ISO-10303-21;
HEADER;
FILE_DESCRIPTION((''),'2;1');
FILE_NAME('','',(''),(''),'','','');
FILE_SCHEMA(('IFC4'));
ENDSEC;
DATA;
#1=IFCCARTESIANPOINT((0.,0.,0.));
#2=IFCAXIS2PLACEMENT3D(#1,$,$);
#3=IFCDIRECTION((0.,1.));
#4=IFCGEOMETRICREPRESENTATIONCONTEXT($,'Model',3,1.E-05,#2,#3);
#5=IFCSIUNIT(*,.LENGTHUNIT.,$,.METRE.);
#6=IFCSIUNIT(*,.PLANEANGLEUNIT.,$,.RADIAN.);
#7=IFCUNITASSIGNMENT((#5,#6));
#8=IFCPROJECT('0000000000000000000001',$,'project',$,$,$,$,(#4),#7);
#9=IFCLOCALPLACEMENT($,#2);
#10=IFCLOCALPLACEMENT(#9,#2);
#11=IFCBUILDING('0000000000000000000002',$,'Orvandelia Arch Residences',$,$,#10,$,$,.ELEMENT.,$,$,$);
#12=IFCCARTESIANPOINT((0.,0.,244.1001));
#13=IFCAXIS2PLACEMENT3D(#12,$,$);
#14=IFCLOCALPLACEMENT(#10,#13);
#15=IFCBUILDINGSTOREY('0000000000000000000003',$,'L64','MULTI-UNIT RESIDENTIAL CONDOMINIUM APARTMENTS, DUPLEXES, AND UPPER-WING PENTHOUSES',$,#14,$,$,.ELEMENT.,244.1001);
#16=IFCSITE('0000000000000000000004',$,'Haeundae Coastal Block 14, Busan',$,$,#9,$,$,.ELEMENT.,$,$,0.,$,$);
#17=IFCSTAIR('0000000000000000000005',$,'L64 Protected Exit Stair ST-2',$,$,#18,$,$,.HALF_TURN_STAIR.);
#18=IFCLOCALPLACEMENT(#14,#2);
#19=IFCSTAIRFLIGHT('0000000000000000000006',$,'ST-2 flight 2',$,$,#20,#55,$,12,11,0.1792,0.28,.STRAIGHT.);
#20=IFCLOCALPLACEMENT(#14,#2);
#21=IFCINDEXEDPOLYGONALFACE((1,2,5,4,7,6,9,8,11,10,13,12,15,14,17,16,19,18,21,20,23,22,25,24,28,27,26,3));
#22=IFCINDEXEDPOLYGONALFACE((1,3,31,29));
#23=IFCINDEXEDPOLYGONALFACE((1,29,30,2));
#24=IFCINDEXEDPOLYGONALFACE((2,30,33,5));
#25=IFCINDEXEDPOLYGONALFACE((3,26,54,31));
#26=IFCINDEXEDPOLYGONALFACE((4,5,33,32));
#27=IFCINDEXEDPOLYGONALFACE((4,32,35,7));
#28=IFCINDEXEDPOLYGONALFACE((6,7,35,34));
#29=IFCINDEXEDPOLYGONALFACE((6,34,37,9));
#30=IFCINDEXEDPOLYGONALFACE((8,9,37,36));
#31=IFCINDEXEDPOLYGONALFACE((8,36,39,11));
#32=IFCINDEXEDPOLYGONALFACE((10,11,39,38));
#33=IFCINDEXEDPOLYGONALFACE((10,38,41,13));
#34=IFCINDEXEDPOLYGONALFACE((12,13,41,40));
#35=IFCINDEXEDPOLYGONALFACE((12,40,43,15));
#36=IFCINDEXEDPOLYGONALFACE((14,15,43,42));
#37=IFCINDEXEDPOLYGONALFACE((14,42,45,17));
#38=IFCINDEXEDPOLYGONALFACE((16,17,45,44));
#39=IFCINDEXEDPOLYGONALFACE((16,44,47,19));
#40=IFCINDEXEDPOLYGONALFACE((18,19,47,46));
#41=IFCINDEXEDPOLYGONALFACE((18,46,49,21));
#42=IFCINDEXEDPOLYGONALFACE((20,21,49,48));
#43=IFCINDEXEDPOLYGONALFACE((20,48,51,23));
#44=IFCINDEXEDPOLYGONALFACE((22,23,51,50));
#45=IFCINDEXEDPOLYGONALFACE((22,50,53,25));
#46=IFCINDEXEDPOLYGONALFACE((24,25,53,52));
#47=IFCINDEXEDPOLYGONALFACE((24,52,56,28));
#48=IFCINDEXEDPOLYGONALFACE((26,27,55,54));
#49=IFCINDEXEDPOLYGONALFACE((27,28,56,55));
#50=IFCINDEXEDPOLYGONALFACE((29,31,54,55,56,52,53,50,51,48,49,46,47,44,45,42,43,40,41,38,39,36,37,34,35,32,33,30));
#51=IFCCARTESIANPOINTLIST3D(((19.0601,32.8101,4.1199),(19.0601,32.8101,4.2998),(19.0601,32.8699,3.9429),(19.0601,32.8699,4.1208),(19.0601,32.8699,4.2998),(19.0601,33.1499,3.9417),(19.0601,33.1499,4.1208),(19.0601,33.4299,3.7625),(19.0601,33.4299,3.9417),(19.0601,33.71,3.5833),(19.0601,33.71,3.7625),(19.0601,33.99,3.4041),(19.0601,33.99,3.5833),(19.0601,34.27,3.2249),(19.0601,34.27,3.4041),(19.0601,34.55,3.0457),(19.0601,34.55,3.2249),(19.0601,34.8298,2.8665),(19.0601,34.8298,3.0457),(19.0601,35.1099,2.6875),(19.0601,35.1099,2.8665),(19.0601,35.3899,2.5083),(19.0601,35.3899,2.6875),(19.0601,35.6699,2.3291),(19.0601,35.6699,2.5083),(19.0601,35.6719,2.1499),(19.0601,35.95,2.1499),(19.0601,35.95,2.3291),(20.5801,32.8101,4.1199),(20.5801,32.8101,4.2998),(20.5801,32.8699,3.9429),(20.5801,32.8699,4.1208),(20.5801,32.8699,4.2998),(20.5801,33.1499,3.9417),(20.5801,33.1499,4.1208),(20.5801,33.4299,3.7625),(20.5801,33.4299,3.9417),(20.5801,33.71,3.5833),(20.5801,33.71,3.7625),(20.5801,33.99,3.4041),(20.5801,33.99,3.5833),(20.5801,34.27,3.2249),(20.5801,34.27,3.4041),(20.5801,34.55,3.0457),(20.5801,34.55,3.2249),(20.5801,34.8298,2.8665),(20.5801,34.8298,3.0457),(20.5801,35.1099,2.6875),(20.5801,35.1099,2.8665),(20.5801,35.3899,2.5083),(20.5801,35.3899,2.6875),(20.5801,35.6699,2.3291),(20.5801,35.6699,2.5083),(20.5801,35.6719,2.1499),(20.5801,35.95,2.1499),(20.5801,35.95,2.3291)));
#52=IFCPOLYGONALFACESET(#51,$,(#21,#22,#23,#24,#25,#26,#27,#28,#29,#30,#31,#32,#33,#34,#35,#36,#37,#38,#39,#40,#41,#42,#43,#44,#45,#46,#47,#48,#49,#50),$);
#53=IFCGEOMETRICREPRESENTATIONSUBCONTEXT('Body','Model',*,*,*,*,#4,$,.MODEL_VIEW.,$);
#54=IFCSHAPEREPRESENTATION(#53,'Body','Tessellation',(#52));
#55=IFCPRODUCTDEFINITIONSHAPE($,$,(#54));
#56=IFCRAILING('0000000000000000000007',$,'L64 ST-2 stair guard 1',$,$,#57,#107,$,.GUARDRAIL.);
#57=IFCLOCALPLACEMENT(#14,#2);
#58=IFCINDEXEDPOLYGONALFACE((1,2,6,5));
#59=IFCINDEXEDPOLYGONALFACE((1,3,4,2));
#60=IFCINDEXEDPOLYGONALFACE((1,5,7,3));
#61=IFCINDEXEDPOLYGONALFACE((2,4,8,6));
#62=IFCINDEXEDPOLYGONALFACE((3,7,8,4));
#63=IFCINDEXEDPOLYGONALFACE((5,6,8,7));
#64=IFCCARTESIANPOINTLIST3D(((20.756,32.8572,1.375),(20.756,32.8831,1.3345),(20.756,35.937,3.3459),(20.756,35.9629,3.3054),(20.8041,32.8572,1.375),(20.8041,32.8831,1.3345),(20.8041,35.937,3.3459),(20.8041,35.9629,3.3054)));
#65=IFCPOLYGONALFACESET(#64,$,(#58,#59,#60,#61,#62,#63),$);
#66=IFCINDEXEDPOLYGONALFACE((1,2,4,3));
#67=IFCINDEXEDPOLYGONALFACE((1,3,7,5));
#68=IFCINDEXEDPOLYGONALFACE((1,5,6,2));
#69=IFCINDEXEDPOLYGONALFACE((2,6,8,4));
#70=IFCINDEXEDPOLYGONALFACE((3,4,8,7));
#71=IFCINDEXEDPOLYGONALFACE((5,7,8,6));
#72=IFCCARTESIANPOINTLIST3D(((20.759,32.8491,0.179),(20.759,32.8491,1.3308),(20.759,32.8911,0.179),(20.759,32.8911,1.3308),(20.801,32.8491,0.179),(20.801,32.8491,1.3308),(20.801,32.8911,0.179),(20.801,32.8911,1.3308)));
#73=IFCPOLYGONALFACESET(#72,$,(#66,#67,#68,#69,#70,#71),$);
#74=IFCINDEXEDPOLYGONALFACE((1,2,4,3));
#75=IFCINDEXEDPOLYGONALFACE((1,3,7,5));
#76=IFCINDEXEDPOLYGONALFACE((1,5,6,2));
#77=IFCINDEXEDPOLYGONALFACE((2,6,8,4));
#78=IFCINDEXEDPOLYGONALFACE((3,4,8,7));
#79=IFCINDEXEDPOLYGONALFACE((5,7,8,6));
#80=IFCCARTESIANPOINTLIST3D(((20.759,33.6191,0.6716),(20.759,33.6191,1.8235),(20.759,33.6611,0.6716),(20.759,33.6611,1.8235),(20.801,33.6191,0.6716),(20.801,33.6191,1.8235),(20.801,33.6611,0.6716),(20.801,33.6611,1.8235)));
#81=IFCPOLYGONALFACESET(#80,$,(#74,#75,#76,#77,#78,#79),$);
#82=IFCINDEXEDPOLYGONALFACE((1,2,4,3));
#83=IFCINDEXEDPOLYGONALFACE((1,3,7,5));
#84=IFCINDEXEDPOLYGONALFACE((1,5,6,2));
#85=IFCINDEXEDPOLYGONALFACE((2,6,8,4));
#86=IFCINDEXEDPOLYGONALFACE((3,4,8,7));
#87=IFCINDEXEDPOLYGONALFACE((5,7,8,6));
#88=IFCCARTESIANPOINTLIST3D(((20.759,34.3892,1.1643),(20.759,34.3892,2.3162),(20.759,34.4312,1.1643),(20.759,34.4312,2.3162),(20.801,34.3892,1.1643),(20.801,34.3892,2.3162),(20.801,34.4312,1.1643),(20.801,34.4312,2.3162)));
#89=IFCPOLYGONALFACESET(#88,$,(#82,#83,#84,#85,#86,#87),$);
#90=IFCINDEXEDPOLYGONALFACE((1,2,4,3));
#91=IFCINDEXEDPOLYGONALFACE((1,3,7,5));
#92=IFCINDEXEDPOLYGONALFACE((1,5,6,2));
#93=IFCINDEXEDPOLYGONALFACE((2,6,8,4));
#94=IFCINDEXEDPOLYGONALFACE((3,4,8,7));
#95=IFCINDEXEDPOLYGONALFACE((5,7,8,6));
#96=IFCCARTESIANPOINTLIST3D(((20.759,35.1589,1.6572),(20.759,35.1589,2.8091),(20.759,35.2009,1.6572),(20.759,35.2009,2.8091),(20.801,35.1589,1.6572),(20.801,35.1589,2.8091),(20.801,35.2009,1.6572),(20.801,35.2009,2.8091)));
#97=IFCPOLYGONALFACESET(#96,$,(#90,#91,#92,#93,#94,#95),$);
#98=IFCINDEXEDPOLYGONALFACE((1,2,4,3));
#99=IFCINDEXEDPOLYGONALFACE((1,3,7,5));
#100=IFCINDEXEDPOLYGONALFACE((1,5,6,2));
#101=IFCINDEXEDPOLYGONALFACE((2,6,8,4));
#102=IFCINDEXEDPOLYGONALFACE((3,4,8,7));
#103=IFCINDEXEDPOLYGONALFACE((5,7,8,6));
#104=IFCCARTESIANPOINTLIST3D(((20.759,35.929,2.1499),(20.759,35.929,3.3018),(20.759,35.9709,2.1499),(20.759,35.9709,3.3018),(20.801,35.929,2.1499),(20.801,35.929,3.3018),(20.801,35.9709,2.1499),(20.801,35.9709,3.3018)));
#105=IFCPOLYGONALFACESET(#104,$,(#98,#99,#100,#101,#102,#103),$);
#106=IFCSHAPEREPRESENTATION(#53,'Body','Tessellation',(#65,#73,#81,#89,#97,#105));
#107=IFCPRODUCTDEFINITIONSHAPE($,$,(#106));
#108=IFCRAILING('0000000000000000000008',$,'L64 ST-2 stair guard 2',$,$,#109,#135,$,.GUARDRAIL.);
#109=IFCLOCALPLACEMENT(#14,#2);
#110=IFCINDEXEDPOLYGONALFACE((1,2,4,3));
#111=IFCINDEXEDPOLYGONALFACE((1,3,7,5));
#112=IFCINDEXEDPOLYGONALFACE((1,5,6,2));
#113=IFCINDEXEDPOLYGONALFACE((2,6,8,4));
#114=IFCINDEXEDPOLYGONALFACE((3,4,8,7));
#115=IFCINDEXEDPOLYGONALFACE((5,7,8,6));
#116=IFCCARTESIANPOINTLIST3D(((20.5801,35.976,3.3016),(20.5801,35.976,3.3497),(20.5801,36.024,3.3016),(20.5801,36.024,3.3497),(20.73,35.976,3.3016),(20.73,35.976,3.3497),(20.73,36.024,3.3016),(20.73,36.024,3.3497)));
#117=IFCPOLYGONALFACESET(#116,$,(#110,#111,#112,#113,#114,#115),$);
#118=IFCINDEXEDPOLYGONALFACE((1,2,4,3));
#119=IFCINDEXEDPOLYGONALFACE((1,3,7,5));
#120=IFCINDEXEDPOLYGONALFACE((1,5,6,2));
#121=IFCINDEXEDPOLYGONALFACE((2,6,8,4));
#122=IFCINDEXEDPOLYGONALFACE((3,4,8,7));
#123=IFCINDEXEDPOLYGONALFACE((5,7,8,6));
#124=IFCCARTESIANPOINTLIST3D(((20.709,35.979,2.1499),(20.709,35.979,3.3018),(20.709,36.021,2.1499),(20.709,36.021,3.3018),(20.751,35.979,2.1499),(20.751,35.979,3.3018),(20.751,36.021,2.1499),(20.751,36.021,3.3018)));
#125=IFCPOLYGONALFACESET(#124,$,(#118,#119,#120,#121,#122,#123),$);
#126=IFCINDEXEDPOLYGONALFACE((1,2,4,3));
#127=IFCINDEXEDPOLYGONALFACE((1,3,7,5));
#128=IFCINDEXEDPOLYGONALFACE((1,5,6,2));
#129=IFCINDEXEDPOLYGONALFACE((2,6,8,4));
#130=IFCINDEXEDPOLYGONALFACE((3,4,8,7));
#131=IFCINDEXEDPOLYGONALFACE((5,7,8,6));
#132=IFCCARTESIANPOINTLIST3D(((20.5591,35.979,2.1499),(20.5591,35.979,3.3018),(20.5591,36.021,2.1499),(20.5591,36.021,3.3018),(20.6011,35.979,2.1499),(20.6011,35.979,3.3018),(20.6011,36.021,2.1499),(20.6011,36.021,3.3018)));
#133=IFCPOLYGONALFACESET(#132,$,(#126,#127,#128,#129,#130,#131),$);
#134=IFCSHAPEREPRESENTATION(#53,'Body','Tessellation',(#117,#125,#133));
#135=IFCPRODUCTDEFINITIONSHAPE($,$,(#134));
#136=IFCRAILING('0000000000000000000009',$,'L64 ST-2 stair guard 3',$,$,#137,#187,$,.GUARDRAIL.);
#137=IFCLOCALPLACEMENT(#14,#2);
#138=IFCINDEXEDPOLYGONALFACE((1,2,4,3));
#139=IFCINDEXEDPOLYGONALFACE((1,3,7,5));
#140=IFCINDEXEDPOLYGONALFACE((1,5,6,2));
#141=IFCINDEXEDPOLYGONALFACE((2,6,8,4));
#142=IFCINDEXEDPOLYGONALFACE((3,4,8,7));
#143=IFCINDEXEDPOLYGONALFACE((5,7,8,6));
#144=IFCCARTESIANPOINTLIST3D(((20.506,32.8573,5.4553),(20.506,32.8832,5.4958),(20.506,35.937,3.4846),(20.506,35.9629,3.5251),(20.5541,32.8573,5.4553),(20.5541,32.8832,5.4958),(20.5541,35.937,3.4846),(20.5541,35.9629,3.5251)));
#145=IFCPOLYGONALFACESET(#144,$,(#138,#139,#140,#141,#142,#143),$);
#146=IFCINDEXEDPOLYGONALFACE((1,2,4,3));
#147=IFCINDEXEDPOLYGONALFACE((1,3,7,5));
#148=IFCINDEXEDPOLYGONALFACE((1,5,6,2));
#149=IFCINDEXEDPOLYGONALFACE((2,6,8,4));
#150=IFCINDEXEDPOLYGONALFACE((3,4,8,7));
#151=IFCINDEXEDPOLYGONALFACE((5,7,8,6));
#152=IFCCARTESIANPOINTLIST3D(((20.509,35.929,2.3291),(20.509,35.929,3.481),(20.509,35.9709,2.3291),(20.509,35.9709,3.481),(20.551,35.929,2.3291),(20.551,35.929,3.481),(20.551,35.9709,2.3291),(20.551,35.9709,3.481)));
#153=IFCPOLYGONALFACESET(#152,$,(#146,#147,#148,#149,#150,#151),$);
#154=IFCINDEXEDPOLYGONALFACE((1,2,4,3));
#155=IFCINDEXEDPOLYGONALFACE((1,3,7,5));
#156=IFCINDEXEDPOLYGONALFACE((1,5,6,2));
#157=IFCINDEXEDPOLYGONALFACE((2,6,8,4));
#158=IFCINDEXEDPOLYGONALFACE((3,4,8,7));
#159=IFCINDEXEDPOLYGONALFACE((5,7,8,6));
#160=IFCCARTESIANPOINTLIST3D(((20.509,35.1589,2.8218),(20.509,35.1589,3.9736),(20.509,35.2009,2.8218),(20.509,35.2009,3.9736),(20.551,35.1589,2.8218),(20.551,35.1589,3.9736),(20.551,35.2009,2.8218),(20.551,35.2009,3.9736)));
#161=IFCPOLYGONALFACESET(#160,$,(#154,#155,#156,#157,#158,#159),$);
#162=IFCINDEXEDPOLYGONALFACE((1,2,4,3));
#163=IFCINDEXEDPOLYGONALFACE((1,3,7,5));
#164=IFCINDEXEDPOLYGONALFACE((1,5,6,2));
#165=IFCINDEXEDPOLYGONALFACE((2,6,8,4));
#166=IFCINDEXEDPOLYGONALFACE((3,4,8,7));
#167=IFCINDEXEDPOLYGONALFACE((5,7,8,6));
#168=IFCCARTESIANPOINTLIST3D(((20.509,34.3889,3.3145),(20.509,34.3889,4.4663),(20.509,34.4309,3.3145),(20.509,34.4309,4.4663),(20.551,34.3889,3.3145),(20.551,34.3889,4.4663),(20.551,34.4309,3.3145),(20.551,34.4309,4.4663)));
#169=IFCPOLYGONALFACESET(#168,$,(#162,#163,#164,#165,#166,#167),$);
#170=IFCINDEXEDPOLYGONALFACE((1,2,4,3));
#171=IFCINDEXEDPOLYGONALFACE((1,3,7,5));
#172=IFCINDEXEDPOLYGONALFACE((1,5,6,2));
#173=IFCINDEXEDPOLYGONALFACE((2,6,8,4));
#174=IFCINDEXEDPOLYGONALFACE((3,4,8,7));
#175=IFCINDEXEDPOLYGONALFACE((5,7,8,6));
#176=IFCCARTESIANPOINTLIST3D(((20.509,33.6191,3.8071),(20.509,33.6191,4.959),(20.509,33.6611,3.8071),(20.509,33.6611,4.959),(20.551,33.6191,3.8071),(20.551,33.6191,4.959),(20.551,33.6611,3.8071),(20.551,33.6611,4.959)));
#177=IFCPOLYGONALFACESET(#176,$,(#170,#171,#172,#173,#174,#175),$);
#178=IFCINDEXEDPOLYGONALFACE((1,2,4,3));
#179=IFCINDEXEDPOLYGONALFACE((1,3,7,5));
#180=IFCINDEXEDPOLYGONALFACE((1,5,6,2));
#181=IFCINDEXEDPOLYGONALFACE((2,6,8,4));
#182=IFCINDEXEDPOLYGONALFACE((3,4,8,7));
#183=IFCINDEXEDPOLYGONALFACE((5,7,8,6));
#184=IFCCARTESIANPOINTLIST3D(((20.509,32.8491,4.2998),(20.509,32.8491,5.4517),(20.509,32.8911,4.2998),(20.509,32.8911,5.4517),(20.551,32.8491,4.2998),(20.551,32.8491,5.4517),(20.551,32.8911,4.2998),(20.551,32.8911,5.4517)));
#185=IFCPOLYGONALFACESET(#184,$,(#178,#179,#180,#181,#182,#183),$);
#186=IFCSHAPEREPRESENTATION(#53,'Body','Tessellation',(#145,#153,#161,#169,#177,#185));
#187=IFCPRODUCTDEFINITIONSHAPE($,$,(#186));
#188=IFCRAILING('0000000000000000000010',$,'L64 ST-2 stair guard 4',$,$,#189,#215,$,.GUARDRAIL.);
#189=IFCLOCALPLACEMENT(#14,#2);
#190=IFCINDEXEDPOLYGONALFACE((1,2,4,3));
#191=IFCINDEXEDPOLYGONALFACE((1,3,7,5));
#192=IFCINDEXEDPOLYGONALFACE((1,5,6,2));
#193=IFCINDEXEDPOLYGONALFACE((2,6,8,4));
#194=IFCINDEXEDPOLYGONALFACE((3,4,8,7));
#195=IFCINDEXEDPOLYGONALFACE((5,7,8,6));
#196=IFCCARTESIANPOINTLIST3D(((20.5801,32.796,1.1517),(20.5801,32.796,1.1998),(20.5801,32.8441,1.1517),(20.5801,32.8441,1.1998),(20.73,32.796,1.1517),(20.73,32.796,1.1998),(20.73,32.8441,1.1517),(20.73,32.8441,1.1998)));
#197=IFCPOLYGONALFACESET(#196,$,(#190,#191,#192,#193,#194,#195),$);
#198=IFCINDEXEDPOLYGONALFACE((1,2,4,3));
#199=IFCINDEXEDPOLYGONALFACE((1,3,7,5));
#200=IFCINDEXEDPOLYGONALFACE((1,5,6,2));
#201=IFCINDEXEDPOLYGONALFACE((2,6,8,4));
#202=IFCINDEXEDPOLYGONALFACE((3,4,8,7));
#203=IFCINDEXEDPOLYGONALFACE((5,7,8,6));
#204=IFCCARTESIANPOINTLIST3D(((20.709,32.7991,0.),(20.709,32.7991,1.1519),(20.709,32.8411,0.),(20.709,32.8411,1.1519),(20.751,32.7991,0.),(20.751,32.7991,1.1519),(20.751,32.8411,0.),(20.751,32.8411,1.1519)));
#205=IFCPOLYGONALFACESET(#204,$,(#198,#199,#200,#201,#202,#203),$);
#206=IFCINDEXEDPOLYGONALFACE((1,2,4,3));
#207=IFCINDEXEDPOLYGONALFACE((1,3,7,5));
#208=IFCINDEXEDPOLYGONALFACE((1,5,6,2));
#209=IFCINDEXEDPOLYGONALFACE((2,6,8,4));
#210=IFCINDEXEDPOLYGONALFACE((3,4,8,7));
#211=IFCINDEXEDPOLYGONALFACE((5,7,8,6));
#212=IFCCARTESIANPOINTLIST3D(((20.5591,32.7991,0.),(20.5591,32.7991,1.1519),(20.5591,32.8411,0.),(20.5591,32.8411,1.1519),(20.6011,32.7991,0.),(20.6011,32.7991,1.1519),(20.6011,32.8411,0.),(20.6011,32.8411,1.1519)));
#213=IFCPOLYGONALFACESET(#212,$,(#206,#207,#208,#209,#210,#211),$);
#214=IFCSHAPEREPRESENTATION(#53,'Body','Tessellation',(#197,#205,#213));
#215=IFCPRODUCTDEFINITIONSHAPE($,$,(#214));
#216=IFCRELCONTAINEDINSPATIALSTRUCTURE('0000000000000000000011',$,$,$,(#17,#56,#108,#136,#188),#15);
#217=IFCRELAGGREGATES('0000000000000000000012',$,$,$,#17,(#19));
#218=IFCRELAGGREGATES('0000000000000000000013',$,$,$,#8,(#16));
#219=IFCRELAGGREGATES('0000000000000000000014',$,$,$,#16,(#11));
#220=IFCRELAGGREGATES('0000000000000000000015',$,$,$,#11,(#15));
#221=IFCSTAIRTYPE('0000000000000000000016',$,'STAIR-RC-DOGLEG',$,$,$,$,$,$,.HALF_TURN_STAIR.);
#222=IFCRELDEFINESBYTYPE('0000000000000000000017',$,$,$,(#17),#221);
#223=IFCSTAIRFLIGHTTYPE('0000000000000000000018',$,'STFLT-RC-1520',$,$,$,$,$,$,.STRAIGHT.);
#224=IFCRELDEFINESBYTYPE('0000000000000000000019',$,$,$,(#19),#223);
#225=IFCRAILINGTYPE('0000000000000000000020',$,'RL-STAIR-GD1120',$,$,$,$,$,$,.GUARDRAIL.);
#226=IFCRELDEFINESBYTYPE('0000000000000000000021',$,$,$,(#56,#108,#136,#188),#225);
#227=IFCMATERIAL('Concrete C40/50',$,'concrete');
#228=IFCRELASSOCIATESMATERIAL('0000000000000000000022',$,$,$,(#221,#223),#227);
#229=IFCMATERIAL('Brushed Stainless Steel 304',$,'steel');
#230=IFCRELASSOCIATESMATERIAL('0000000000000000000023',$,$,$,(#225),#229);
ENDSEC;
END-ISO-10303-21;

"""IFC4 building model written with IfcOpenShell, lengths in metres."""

from ifc_helpers import new_model, si_unit, direction, frame, origin, origin_2d, place, context, subcontext, project, spatial, polyline, rectangle, outline, extrude, material, type_object, element, aggregate, save


model = new_model("IFC4")

# Units and contexts
model_context = context("Model", 3, precision=1e-05, world=origin(), true_north=direction((0.0, 1.0)))
body_context = subcontext(model_context, "Body", "Model", "MODEL_VIEW")
ifc_project = project(units=[si_unit("LENGTHUNIT", "METRE"), si_unit("PLANEANGLEUNIT", "RADIAN")], contexts=[model_context])

# Site, building, storey
site_placement = place(None, origin())
site = spatial("IfcSite", under=ifc_project, at=site_placement, Name="Haeundae Coastal Block 14, Busan", CompositionType="ELEMENT", RefElevation=0.0)
building_placement = place(site_placement, origin())
building = spatial("IfcBuilding", under=site, at=building_placement, Name="Orvandelia Arch Residences", CompositionType="ELEMENT")
storey_placement = place(building_placement, frame((0.0, 0.0, 244.1001)))
storey = spatial("IfcBuildingStorey", under=building, at=storey_placement, Name="L64", Description="MULTI-UNIT RESIDENTIAL CONDOMINIUM APARTMENTS, DUPLEXES, AND UPPER-WING PENTHOUSES", CompositionType="ELEMENT", Elevation=244.1001)

# Stair, stair flight
ifc_material_1 = material(Name="Concrete C40/50", Category="concrete")
stair_type = type_object("IfcStairType", Name="STAIR-RC-DOGLEG", PredefinedType="HALF_TURN_STAIR", material=ifc_material_1)
stair_placement = place(storey_placement, origin())
stair = element("IfcStair", 1, at=stair_placement, inside=storey, type_object=stair_type, Name="L64 Protected Exit Stair ST-2", PredefinedType="HALF_TURN_STAIR")
stair_flight_type = type_object("IfcStairFlightType", Name="STFLT-RC-1520", PredefinedType="STRAIGHT", material=ifc_material_1)
stair_flight_1_placement = place(storey_placement, frame((19.8201, 35.95, 2.1499), z_axis=(0.0, 0.0, 1.0), x_axis=(0.0, -1.0, 0.0)))
stair_flight_1 = element("IfcStairFlight", 2, at=stair_flight_1_placement, type_object=stair_flight_type, Name="ST-2 flight 2", NumberOfRisers=12, NumberOfTreads=11, PredefinedType="STRAIGHT", RiserHeight=0.1792, TreadLength=0.28, context=body_context, shape_type="SweptSolid", body=[
    extrude(outline(polyline([(0.0, 0.0), (0.0, 0.1792), (0.28, 0.1792), (0.28, 0.3584), (0.5601, 0.3584), (0.5601, 0.5376), (0.8401, 0.5376), (0.8401, 0.7166), (1.1201, 0.7166), (1.1201, 0.8958), (1.3999, 0.8958), (1.3999, 1.075), (1.6799, 1.075), (1.6799, 1.2542), (1.96, 1.2542), (1.96, 1.4333), (2.24, 1.4333), (2.24, 1.6125), (2.52, 1.6125), (2.52, 1.7917), (2.8, 1.7917), (2.8, 1.9709), (3.0801, 1.9709), (3.0801, 2.1499), (3.1399, 2.1499), (3.1399, 1.97), (3.0801, 1.793), (0.2781, 0.0), (0.0, 0.0)])), frame((0.0, 0.76, 0.0), z_axis=(0.0, -1.0, 0.0), x_axis=(1.0, 0.0, 0.0)), (0.0, 0.0, 1.0), 1.52),
])
aggregate(stair, [stair_flight_1])

# Railings
ifc_material_2 = material(Name="Brushed Stainless Steel 304", Category="steel")
railing_type_1 = type_object("IfcRailingType", Name="RL-STAIR-GD1120", PredefinedType="GUARDRAIL", material=ifc_material_2)
railing_1_placement = place(storey_placement, frame((20.78, 32.8701, 0.179)))
element("IfcRailing", 3, at=railing_1_placement, inside=storey, type_object=railing_type_1, Name="L64 ST-2 stair guard 1", PredefinedType="GUARDRAIL", context=body_context, shape_type="SweptSolid", body=[
    extrude(rectangle(XDim=0.0481, YDim=0.0481, at=origin_2d()), frame((0.0, 0.0, 1.1758), z_axis=(0.0, 0.84229, 0.539025), x_axis=(-1.0, 0.0, 0.0)), (0.0, 0.0, 1.0), 3.6565),
    extrude(rectangle(XDim=0.042, YDim=0.042, at=origin_2d()), origin(), (0.0, 0.0, 1.0), 1.1519),
    extrude(rectangle(XDim=0.042, YDim=0.042, at=origin_2d()), frame((0.0, 0.77, 0.4927)), (0.0, 0.0, 1.0), 1.1519),
    extrude(rectangle(XDim=0.042, YDim=0.042, at=origin_2d()), frame((0.0, 1.54, 0.9854)), (0.0, 0.0, 1.0), 1.1519),
    extrude(rectangle(XDim=0.042, YDim=0.042, at=origin_2d()), frame((0.0, 2.3098, 1.4783)), (0.0, 0.0, 1.0), 1.1519),
    extrude(rectangle(XDim=0.042, YDim=0.042, at=origin_2d()), frame((0.0, 3.0798, 1.9709)), (0.0, 0.0, 1.0), 1.1519),
])
railing_2_placement = place(storey_placement, frame((20.73, 36.0, 2.1499)))
element("IfcRailing", 4, at=railing_2_placement, inside=storey, type_object=railing_type_1, Name="L64 ST-2 stair guard 2", PredefinedType="GUARDRAIL", context=body_context, shape_type="SweptSolid", body=[
    extrude(rectangle(XDim=0.0481, YDim=0.0481, at=origin_2d()), frame((0.0, 0.0, 1.1758), z_axis=(-1.0, 0.0, 0.0), x_axis=(0.0, -1.0, 0.0)), (0.0, 0.0, 1.0), 0.1499),
    extrude(rectangle(XDim=0.042, YDim=0.042, at=origin_2d()), origin(), (0.0, 0.0, 1.0), 1.1519),
    extrude(rectangle(XDim=0.042, YDim=0.042, at=origin_2d()), frame((-0.1499, 0.0, 0.0)), (0.0, 0.0, 1.0), 1.1519),
])
railing_3_placement = place(storey_placement, frame((20.53, 35.95, 2.3291)))
element("IfcRailing", 5, at=railing_3_placement, inside=storey, type_object=railing_type_1, Name="L64 ST-2 stair guard 3", PredefinedType="GUARDRAIL", context=body_context, shape_type="SweptSolid", body=[
    extrude(rectangle(XDim=0.0481, YDim=0.0481, at=origin_2d()), frame((0.0, 0.0, 1.1758), z_axis=(0.0, -0.84232, 0.538978), x_axis=(1.0, 0.0, 0.0)), (0.0, 0.0, 1.0), 3.6562),
    extrude(rectangle(XDim=0.042, YDim=0.042, at=origin_2d()), origin(), (0.0, 0.0, 1.0), 1.1519),
    extrude(rectangle(XDim=0.042, YDim=0.042, at=origin_2d()), frame((0.0, -0.77, 0.4927)), (0.0, 0.0, 1.0), 1.1519),
    extrude(rectangle(XDim=0.042, YDim=0.042, at=origin_2d()), frame((0.0, -1.54, 0.9854)), (0.0, 0.0, 1.0), 1.1519),
    extrude(rectangle(XDim=0.042, YDim=0.042, at=origin_2d()), frame((0.0, -2.3098, 1.478)), (0.0, 0.0, 1.0), 1.1519),
    extrude(rectangle(XDim=0.042, YDim=0.042, at=origin_2d()), frame((0.0, -3.0798, 1.9707)), (0.0, 0.0, 1.0), 1.1519),
])
railing_4_placement = place(storey_placement, frame((20.73, 32.8201, 0.0)))
element("IfcRailing", 6, at=railing_4_placement, inside=storey, type_object=railing_type_1, Name="L64 ST-2 stair guard 4", PredefinedType="GUARDRAIL", context=body_context, shape_type="SweptSolid", body=[
    extrude(rectangle(XDim=0.0481, YDim=0.0481, at=origin_2d()), frame((0.0, 0.0, 1.1758), z_axis=(-1.0, 0.0, 0.0), x_axis=(0.0, -1.0, 0.0)), (0.0, 0.0, 1.0), 0.1499),
    extrude(rectangle(XDim=0.042, YDim=0.042, at=origin_2d()), origin(), (0.0, 0.0, 1.0), 1.1519),
    extrude(rectangle(XDim=0.042, YDim=0.042, at=origin_2d()), frame((-0.1499, 0.0, 0.0)), (0.0, 0.0, 1.0), 1.1519),
])

save(model, "model.ifc")
